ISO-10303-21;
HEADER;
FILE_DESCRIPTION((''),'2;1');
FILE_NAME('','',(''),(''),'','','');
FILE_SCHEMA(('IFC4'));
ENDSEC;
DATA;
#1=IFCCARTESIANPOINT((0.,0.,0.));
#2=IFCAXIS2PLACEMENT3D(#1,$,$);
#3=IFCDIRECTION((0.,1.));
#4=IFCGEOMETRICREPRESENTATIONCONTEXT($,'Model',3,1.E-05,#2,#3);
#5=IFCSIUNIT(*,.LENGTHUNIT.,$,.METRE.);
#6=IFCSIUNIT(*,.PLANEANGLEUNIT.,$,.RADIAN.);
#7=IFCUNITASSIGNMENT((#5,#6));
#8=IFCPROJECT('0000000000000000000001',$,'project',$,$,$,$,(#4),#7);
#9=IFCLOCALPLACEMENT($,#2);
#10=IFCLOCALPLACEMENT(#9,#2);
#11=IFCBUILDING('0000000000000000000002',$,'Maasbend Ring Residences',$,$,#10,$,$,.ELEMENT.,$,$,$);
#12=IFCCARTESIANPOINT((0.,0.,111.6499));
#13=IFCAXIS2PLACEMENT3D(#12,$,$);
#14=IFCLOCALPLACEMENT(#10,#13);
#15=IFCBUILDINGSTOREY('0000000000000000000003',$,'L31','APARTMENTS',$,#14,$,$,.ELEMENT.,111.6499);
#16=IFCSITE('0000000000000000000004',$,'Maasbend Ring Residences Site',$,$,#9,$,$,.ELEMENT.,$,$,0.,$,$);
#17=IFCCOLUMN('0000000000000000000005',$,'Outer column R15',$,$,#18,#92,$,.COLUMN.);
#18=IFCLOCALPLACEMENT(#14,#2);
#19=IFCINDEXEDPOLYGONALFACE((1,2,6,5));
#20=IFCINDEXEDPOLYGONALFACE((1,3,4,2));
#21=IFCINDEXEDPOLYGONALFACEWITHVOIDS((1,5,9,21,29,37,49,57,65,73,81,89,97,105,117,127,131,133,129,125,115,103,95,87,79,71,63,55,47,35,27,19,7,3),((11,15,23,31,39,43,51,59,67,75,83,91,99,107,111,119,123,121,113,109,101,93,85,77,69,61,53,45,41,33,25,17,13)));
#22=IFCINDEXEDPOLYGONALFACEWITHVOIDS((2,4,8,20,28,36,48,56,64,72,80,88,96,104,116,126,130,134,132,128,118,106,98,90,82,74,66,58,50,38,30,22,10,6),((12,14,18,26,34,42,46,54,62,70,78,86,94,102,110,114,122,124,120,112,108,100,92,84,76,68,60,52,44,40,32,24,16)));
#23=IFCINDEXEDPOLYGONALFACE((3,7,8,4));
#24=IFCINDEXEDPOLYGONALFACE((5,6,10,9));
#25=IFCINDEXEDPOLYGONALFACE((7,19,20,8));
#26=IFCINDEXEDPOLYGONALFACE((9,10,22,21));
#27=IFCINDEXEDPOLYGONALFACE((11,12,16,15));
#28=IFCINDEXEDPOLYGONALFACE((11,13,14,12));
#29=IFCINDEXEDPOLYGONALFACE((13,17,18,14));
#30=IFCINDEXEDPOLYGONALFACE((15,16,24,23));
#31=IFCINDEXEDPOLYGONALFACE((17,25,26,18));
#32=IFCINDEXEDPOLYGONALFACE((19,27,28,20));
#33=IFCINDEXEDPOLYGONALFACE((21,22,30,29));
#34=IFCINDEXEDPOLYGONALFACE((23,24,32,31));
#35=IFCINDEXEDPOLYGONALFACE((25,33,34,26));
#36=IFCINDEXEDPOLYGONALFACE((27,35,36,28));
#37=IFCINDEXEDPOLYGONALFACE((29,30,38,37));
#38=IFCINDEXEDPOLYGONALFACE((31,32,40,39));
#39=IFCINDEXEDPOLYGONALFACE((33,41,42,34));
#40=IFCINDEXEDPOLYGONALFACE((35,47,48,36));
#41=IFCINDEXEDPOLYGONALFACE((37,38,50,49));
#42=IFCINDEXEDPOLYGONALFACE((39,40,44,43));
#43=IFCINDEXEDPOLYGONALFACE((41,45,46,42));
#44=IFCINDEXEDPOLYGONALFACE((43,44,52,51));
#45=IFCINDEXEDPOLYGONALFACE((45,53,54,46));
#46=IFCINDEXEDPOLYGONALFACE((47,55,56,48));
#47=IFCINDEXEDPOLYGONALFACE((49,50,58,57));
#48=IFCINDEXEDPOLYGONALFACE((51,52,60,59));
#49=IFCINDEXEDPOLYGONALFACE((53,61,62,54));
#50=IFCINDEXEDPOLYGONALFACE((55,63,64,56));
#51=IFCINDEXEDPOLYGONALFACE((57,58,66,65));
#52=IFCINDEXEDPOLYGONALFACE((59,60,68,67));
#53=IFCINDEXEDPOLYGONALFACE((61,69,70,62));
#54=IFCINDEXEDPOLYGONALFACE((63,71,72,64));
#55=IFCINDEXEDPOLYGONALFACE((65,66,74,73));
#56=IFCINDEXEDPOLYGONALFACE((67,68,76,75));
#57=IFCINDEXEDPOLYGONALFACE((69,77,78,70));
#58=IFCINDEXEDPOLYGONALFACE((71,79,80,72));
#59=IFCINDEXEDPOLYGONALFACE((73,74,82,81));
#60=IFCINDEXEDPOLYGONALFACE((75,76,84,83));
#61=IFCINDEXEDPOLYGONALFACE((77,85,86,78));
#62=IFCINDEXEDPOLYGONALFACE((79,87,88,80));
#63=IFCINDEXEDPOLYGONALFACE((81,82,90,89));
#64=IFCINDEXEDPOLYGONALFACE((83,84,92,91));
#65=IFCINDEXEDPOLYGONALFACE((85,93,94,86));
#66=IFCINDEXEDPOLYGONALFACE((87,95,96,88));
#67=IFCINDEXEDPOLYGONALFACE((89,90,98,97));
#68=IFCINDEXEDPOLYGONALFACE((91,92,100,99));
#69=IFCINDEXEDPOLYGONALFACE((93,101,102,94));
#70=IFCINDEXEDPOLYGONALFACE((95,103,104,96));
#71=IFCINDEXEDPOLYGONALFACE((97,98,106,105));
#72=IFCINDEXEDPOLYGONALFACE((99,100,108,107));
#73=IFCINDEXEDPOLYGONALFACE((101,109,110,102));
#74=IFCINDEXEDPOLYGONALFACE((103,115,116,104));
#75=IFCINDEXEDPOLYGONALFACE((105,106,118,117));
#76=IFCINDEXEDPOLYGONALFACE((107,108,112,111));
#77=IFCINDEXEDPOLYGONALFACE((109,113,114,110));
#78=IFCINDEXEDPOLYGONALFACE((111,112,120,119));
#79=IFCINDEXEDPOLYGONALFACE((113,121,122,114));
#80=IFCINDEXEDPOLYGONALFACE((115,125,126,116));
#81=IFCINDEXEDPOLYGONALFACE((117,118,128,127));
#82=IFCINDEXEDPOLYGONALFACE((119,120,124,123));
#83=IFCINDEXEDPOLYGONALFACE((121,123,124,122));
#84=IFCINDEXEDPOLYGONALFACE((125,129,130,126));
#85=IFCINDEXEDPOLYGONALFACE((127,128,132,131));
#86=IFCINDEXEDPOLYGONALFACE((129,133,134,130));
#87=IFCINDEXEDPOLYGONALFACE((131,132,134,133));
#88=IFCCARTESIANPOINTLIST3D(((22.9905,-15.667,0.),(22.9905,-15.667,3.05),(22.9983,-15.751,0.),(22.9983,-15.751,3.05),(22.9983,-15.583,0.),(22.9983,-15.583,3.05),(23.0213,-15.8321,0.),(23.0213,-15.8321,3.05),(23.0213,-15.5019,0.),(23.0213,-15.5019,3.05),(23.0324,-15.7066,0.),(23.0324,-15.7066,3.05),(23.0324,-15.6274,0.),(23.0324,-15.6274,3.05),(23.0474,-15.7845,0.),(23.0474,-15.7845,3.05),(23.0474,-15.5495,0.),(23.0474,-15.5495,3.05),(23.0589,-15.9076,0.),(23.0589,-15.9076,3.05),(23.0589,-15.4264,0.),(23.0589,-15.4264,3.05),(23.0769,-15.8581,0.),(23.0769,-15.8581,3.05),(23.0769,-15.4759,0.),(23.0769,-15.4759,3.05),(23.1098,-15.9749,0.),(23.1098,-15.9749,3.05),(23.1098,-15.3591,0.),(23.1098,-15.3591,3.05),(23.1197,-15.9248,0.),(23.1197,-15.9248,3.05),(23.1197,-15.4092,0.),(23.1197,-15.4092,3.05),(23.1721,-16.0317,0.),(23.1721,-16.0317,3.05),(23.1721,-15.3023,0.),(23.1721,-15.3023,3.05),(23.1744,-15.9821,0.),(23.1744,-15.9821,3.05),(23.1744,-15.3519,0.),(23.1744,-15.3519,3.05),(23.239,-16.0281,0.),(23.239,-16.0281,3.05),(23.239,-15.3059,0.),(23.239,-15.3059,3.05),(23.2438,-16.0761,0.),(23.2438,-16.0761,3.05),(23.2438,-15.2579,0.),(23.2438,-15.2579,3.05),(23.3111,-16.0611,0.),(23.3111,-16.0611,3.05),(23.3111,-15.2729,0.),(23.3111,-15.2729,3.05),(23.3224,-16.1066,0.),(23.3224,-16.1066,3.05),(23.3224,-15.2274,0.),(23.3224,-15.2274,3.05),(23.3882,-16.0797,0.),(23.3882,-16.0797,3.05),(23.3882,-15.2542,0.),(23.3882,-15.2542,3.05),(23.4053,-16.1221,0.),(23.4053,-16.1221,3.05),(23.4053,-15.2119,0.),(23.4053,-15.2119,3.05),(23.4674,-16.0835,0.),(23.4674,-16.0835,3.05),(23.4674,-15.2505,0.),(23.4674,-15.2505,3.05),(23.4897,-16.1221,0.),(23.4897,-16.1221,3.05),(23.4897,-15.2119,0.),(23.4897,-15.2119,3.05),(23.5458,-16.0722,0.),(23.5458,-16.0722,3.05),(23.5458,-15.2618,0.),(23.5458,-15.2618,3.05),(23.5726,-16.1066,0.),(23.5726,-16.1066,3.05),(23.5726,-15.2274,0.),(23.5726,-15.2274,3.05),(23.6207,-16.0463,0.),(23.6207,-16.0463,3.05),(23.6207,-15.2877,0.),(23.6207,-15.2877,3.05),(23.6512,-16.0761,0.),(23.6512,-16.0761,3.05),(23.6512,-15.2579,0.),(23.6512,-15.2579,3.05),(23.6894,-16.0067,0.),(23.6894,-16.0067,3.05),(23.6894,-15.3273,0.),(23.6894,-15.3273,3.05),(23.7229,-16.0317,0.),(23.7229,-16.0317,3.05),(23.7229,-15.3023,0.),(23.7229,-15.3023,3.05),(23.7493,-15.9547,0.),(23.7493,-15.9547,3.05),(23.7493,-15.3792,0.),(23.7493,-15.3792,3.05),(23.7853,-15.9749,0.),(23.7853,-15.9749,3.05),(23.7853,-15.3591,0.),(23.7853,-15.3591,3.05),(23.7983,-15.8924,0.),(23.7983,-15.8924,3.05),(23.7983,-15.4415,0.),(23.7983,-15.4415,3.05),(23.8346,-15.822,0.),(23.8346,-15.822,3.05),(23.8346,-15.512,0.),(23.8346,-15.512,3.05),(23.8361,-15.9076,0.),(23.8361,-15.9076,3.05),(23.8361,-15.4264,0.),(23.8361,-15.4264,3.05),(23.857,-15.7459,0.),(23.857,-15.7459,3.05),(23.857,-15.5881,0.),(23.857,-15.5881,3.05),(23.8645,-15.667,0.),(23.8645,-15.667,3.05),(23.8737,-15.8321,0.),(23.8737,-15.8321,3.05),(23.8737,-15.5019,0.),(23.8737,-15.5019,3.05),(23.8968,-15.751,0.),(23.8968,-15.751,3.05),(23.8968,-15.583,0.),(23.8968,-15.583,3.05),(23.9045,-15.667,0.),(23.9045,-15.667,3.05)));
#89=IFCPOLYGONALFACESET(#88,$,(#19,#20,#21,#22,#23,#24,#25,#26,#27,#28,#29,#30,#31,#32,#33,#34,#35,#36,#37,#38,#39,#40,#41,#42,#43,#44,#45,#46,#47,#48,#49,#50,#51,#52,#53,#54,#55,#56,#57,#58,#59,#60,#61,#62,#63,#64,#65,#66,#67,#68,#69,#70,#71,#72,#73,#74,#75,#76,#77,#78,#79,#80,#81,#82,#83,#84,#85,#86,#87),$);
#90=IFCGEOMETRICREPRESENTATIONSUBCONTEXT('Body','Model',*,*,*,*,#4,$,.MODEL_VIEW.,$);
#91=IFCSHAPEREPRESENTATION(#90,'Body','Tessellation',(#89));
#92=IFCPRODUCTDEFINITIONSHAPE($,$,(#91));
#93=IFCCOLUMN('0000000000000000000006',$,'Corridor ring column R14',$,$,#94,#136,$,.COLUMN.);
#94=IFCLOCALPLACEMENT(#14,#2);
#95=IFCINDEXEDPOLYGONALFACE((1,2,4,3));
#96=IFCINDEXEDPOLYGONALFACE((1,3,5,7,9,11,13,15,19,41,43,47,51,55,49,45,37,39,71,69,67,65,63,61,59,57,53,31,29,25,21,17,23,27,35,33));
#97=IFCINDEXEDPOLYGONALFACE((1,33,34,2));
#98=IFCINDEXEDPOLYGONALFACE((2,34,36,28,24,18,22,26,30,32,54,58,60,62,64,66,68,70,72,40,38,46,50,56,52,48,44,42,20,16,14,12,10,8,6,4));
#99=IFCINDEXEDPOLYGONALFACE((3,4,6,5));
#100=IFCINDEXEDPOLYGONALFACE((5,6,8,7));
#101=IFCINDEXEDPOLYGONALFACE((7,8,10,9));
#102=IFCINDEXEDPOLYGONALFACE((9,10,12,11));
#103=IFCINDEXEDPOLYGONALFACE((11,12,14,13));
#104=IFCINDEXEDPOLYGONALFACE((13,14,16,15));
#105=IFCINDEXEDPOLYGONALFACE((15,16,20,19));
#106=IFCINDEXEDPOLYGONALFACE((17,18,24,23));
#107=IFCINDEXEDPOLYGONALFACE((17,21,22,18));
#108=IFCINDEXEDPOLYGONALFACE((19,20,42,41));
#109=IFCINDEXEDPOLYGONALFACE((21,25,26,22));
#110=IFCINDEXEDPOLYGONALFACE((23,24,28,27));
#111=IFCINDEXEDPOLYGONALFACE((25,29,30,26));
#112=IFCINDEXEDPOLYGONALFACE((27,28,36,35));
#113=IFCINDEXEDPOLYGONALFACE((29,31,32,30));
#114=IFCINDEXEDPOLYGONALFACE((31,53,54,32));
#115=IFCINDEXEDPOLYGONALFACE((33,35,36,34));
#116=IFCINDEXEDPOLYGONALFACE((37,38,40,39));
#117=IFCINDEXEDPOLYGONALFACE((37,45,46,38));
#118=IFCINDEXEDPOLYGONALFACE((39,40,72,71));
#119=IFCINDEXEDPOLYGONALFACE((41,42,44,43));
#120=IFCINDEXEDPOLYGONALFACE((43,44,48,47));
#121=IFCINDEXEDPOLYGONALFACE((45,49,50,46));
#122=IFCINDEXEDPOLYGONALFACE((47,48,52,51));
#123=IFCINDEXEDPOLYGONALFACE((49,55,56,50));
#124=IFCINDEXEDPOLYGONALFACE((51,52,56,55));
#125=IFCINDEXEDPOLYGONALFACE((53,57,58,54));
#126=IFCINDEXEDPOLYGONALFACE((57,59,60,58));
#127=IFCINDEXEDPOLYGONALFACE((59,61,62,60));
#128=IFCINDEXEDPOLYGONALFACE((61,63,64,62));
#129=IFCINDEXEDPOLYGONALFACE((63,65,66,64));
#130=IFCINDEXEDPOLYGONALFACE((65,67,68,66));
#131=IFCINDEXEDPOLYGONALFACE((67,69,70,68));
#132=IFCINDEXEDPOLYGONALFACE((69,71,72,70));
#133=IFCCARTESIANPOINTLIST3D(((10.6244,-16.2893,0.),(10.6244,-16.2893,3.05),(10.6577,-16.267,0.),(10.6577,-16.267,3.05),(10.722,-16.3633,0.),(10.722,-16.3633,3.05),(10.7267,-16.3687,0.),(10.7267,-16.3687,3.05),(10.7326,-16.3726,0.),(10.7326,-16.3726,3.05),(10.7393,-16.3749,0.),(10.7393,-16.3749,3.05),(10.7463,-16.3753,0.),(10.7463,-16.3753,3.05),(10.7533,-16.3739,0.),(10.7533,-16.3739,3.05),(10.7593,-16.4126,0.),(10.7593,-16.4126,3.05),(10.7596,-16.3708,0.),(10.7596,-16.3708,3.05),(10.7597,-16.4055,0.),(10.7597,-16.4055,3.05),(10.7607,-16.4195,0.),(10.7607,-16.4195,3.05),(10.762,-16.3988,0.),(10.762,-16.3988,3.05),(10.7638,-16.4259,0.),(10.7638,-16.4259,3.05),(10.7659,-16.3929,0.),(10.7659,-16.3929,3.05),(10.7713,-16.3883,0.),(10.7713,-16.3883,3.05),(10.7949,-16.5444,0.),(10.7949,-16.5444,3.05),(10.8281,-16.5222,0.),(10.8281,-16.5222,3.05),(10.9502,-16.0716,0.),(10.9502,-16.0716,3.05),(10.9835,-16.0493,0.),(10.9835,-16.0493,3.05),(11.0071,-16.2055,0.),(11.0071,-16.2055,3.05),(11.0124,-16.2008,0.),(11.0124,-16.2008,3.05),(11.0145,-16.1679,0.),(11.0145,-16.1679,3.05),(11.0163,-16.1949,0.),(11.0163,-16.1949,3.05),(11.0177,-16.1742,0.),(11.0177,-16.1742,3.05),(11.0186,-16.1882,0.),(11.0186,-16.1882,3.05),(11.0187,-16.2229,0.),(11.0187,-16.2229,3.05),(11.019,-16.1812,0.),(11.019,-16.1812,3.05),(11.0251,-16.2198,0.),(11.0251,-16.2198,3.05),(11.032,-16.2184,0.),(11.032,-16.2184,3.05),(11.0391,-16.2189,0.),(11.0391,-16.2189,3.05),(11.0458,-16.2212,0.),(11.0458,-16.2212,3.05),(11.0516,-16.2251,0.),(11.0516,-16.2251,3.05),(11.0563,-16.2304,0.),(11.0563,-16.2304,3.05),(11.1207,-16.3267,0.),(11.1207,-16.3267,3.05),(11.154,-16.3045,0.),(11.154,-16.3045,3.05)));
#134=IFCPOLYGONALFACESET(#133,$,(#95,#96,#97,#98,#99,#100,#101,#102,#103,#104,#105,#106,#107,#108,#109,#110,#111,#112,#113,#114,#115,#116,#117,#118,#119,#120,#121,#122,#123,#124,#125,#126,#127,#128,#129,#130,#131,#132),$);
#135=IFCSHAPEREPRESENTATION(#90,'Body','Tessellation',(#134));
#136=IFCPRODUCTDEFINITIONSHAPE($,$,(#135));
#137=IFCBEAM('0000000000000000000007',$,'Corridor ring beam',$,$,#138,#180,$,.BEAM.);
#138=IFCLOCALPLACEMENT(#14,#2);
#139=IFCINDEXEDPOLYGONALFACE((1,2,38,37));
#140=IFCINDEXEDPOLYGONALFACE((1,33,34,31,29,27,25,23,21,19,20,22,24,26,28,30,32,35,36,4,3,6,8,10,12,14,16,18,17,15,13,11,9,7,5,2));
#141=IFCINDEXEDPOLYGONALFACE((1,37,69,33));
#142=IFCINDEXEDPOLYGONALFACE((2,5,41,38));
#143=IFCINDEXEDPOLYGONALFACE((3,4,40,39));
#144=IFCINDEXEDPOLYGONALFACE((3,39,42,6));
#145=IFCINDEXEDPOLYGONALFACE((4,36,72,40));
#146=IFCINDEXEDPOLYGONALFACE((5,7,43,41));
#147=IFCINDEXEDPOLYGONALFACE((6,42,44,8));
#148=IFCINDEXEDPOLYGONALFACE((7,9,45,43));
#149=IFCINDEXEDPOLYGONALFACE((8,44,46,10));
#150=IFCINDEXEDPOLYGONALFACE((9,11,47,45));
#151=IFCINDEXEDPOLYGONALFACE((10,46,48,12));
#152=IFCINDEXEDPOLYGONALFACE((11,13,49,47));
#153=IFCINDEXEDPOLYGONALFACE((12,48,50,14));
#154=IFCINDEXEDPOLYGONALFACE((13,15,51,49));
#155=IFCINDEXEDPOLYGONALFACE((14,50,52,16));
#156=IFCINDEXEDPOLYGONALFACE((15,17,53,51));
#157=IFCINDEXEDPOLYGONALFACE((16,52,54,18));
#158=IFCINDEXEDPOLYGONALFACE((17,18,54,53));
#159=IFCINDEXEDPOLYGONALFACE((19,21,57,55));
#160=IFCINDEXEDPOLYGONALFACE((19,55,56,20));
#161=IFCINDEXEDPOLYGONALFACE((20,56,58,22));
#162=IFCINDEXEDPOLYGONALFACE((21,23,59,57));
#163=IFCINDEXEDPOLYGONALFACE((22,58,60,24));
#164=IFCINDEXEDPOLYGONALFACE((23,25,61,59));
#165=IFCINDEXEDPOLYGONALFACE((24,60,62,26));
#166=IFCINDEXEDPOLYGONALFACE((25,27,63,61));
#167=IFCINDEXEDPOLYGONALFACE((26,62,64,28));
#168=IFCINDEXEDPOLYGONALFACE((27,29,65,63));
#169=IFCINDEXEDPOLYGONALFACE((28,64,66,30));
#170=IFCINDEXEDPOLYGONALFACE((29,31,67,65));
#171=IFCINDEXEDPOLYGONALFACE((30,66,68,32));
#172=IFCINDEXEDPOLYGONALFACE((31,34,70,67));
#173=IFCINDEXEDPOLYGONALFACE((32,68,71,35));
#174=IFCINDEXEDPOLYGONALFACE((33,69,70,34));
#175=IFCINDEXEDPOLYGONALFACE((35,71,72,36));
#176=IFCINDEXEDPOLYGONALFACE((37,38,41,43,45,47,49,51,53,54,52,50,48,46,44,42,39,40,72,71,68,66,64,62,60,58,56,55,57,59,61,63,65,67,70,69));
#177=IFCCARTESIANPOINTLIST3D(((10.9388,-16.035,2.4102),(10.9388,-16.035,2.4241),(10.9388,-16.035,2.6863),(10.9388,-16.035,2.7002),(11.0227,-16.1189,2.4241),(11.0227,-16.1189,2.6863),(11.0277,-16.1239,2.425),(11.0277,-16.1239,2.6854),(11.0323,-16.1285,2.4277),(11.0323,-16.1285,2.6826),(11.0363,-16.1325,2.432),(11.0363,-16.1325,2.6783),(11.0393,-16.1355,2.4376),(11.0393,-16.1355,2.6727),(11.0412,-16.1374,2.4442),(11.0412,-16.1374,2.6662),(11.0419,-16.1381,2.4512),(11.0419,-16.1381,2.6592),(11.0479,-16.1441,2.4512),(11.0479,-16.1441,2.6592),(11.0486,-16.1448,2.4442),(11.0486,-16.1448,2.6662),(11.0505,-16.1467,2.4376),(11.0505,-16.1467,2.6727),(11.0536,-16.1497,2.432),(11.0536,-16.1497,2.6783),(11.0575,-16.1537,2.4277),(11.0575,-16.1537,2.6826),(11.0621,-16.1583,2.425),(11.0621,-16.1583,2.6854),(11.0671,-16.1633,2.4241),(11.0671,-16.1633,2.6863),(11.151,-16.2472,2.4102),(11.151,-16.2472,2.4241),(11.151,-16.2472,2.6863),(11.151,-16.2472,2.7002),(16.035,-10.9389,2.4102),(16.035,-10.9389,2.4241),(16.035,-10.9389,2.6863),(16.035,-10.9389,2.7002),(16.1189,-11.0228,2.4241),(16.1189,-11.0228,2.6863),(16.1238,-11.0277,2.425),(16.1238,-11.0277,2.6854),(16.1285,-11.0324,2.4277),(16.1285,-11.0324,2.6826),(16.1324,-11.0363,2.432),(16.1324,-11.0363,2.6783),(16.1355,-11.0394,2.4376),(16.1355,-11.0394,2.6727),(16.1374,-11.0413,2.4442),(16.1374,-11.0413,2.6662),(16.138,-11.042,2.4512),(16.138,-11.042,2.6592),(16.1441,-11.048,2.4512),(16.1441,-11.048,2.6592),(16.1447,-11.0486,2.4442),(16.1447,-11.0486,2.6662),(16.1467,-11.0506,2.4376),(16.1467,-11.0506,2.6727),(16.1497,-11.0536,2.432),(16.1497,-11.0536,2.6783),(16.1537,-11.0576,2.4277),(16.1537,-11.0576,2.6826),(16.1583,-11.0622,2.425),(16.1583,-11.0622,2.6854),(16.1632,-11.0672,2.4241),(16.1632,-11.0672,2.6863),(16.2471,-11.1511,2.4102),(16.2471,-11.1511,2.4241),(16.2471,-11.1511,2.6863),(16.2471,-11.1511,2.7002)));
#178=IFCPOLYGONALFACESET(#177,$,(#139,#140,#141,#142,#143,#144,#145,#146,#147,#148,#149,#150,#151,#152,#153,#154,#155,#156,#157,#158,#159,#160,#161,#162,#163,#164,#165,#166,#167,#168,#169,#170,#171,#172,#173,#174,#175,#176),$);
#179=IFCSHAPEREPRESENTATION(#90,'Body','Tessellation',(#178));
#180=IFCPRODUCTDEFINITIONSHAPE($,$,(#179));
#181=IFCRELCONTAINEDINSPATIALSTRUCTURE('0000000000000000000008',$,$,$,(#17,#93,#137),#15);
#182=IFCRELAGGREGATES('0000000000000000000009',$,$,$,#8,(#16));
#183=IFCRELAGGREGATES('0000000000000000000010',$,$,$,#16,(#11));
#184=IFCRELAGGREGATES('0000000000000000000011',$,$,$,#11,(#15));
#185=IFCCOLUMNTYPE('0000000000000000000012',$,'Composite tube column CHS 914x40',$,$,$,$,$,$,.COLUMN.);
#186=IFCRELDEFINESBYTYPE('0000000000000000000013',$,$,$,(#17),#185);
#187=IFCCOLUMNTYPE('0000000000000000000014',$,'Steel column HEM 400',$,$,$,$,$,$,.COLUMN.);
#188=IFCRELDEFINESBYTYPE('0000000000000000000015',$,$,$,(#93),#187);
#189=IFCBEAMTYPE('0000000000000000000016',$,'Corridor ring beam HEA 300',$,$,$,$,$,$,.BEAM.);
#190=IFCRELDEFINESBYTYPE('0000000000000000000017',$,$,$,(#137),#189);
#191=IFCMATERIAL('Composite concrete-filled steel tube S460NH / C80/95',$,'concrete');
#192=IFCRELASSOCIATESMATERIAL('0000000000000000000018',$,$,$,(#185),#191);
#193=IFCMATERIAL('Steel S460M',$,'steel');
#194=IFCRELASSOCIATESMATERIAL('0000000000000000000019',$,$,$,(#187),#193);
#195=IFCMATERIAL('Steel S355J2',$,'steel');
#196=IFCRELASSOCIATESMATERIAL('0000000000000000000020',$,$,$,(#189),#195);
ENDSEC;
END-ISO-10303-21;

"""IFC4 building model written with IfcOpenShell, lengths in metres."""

from ifc_helpers import new_model, si_unit, direction, frame, origin, origin_2d, place, context, subcontext, project, spatial, hollow_circle, i_section, extrude, material, material_profile, profile_set, type_object, element, save


model = new_model("IFC4")

# Units and contexts
model_context = context("Model", 3, precision=1e-05, world=origin(), true_north=direction((0.0, 1.0)))
body_context = subcontext(model_context, "Body", "Model", "MODEL_VIEW")
ifc_project = project(units=[si_unit("LENGTHUNIT", "METRE"), si_unit("PLANEANGLEUNIT", "RADIAN")], contexts=[model_context])

# Site, building, storey
site_placement = place(None, origin())
site = spatial("IfcSite", under=ifc_project, at=site_placement, Name="Maasbend Ring Residences Site", CompositionType="ELEMENT", RefElevation=0.0)
building_placement = place(site_placement, origin())
building = spatial("IfcBuilding", under=site, at=building_placement, Name="Maasbend Ring Residences", CompositionType="ELEMENT")
storey_placement = place(building_placement, frame((0.0, 0.0, 111.6499)))
storey = spatial("IfcBuildingStorey", under=building, at=storey_placement, Name="L31", Description="APARTMENTS", CompositionType="ELEMENT", Elevation=111.6499)

# Columns
ifc_material_1 = material(Name="Composite concrete-filled steel tube S460NH / C80/95", Category="concrete")
ifc_material_profile_1 = material_profile(ifc_material_1, hollow_circle(Radius=0.457, WallThickness=0.04, at=origin_2d()), Name="Composite tube column CHS 914x40")
ifc_profile_set_1 = profile_set([ifc_material_profile_1], Name="Composite concrete-filled steel tube S460NH / C80/95")
column_type_1 = type_object("IfcColumnType", Name="Composite tube column CHS 914x40", PredefinedType="COLUMN", material=ifc_profile_set_1)
column_1_placement = place(storey_placement, frame((23.4475, -15.667, 0.0), z_axis=(0.0, 0.0, 1.0), x_axis=(1.0, 0.0, 0.0)))
element("IfcColumn", 1, at=column_1_placement, inside=storey, type_object=column_type_1, Name="Outer column R15", PredefinedType="COLUMN", context=body_context, shape_type="SweptSolid", body=[
    extrude(hollow_circle(Radius=0.457, WallThickness=0.04, at=origin_2d()), origin(), (0.0, 0.0, 1.0), 3.05),
])
ifc_material_2 = material(Name="Steel S460M", Category="steel")
ifc_material_profile_2 = material_profile(ifc_material_2, i_section(OverallWidth=0.3069, OverallDepth=0.4319, WebThickness=0.021, FlangeThickness=0.04, FilletRadius=0.0271, at=origin_2d()), Name="HEM 400")
ifc_profile_set_2 = profile_set([ifc_material_profile_2], Name="Steel S460M")
column_type_2 = type_object("IfcColumnType", Name="Steel column HEM 400", PredefinedType="COLUMN", material=ifc_profile_set_2)
column_2_placement = place(storey_placement, frame((10.8892, -16.2969, 0.0), z_axis=(0.0, 0.0, 1.0), x_axis=(0.55557, -0.83147, 0.0)))
element("IfcColumn", 2, at=column_2_placement, inside=storey, type_object=column_type_2, Name="Corridor ring column R14", PredefinedType="COLUMN", context=body_context, shape_type="SweptSolid", body=[
    extrude(i_section(OverallWidth=0.3069, OverallDepth=0.4319, WebThickness=0.021, FlangeThickness=0.04, FilletRadius=0.0271, at=origin_2d()), origin(), (0.0, 0.0, 1.0), 3.05),
])

# Beam
ifc_material_3 = material(Name="Steel S355J2", Category="steel")
ifc_material_profile_3 = material_profile(ifc_material_3, i_section(OverallWidth=0.3, OverallDepth=0.29, WebThickness=0.0085, FlangeThickness=0.0139, FilletRadius=0.0271, at=origin_2d()), Name="HEA 300")
ifc_profile_set_3 = profile_set([ifc_material_profile_3], Name="Steel S355J2")
beam_type = type_object("IfcBeamType", Name="Corridor ring beam HEA 300", PredefinedType="BEAM", material=ifc_profile_set_3)
beam_placement = place(storey_placement, frame((11.0449, -16.1411, 2.5552), z_axis=(0.707107, 0.707107, 0.0), x_axis=(-0.707107, 0.707107, 0.0)))
element("IfcBeam", 3, at=beam_placement, inside=storey, type_object=beam_type, Name="Corridor ring beam", PredefinedType="BEAM", context=body_context, shape_type="SweptSolid", body=[
    extrude(i_section(OverallWidth=0.3, OverallDepth=0.29, WebThickness=0.0085, FlangeThickness=0.0139, FilletRadius=0.0271, at=origin_2d()), origin(), (0.0, 0.0, 1.0), 7.207),
])

save(model, "model.ifc")
